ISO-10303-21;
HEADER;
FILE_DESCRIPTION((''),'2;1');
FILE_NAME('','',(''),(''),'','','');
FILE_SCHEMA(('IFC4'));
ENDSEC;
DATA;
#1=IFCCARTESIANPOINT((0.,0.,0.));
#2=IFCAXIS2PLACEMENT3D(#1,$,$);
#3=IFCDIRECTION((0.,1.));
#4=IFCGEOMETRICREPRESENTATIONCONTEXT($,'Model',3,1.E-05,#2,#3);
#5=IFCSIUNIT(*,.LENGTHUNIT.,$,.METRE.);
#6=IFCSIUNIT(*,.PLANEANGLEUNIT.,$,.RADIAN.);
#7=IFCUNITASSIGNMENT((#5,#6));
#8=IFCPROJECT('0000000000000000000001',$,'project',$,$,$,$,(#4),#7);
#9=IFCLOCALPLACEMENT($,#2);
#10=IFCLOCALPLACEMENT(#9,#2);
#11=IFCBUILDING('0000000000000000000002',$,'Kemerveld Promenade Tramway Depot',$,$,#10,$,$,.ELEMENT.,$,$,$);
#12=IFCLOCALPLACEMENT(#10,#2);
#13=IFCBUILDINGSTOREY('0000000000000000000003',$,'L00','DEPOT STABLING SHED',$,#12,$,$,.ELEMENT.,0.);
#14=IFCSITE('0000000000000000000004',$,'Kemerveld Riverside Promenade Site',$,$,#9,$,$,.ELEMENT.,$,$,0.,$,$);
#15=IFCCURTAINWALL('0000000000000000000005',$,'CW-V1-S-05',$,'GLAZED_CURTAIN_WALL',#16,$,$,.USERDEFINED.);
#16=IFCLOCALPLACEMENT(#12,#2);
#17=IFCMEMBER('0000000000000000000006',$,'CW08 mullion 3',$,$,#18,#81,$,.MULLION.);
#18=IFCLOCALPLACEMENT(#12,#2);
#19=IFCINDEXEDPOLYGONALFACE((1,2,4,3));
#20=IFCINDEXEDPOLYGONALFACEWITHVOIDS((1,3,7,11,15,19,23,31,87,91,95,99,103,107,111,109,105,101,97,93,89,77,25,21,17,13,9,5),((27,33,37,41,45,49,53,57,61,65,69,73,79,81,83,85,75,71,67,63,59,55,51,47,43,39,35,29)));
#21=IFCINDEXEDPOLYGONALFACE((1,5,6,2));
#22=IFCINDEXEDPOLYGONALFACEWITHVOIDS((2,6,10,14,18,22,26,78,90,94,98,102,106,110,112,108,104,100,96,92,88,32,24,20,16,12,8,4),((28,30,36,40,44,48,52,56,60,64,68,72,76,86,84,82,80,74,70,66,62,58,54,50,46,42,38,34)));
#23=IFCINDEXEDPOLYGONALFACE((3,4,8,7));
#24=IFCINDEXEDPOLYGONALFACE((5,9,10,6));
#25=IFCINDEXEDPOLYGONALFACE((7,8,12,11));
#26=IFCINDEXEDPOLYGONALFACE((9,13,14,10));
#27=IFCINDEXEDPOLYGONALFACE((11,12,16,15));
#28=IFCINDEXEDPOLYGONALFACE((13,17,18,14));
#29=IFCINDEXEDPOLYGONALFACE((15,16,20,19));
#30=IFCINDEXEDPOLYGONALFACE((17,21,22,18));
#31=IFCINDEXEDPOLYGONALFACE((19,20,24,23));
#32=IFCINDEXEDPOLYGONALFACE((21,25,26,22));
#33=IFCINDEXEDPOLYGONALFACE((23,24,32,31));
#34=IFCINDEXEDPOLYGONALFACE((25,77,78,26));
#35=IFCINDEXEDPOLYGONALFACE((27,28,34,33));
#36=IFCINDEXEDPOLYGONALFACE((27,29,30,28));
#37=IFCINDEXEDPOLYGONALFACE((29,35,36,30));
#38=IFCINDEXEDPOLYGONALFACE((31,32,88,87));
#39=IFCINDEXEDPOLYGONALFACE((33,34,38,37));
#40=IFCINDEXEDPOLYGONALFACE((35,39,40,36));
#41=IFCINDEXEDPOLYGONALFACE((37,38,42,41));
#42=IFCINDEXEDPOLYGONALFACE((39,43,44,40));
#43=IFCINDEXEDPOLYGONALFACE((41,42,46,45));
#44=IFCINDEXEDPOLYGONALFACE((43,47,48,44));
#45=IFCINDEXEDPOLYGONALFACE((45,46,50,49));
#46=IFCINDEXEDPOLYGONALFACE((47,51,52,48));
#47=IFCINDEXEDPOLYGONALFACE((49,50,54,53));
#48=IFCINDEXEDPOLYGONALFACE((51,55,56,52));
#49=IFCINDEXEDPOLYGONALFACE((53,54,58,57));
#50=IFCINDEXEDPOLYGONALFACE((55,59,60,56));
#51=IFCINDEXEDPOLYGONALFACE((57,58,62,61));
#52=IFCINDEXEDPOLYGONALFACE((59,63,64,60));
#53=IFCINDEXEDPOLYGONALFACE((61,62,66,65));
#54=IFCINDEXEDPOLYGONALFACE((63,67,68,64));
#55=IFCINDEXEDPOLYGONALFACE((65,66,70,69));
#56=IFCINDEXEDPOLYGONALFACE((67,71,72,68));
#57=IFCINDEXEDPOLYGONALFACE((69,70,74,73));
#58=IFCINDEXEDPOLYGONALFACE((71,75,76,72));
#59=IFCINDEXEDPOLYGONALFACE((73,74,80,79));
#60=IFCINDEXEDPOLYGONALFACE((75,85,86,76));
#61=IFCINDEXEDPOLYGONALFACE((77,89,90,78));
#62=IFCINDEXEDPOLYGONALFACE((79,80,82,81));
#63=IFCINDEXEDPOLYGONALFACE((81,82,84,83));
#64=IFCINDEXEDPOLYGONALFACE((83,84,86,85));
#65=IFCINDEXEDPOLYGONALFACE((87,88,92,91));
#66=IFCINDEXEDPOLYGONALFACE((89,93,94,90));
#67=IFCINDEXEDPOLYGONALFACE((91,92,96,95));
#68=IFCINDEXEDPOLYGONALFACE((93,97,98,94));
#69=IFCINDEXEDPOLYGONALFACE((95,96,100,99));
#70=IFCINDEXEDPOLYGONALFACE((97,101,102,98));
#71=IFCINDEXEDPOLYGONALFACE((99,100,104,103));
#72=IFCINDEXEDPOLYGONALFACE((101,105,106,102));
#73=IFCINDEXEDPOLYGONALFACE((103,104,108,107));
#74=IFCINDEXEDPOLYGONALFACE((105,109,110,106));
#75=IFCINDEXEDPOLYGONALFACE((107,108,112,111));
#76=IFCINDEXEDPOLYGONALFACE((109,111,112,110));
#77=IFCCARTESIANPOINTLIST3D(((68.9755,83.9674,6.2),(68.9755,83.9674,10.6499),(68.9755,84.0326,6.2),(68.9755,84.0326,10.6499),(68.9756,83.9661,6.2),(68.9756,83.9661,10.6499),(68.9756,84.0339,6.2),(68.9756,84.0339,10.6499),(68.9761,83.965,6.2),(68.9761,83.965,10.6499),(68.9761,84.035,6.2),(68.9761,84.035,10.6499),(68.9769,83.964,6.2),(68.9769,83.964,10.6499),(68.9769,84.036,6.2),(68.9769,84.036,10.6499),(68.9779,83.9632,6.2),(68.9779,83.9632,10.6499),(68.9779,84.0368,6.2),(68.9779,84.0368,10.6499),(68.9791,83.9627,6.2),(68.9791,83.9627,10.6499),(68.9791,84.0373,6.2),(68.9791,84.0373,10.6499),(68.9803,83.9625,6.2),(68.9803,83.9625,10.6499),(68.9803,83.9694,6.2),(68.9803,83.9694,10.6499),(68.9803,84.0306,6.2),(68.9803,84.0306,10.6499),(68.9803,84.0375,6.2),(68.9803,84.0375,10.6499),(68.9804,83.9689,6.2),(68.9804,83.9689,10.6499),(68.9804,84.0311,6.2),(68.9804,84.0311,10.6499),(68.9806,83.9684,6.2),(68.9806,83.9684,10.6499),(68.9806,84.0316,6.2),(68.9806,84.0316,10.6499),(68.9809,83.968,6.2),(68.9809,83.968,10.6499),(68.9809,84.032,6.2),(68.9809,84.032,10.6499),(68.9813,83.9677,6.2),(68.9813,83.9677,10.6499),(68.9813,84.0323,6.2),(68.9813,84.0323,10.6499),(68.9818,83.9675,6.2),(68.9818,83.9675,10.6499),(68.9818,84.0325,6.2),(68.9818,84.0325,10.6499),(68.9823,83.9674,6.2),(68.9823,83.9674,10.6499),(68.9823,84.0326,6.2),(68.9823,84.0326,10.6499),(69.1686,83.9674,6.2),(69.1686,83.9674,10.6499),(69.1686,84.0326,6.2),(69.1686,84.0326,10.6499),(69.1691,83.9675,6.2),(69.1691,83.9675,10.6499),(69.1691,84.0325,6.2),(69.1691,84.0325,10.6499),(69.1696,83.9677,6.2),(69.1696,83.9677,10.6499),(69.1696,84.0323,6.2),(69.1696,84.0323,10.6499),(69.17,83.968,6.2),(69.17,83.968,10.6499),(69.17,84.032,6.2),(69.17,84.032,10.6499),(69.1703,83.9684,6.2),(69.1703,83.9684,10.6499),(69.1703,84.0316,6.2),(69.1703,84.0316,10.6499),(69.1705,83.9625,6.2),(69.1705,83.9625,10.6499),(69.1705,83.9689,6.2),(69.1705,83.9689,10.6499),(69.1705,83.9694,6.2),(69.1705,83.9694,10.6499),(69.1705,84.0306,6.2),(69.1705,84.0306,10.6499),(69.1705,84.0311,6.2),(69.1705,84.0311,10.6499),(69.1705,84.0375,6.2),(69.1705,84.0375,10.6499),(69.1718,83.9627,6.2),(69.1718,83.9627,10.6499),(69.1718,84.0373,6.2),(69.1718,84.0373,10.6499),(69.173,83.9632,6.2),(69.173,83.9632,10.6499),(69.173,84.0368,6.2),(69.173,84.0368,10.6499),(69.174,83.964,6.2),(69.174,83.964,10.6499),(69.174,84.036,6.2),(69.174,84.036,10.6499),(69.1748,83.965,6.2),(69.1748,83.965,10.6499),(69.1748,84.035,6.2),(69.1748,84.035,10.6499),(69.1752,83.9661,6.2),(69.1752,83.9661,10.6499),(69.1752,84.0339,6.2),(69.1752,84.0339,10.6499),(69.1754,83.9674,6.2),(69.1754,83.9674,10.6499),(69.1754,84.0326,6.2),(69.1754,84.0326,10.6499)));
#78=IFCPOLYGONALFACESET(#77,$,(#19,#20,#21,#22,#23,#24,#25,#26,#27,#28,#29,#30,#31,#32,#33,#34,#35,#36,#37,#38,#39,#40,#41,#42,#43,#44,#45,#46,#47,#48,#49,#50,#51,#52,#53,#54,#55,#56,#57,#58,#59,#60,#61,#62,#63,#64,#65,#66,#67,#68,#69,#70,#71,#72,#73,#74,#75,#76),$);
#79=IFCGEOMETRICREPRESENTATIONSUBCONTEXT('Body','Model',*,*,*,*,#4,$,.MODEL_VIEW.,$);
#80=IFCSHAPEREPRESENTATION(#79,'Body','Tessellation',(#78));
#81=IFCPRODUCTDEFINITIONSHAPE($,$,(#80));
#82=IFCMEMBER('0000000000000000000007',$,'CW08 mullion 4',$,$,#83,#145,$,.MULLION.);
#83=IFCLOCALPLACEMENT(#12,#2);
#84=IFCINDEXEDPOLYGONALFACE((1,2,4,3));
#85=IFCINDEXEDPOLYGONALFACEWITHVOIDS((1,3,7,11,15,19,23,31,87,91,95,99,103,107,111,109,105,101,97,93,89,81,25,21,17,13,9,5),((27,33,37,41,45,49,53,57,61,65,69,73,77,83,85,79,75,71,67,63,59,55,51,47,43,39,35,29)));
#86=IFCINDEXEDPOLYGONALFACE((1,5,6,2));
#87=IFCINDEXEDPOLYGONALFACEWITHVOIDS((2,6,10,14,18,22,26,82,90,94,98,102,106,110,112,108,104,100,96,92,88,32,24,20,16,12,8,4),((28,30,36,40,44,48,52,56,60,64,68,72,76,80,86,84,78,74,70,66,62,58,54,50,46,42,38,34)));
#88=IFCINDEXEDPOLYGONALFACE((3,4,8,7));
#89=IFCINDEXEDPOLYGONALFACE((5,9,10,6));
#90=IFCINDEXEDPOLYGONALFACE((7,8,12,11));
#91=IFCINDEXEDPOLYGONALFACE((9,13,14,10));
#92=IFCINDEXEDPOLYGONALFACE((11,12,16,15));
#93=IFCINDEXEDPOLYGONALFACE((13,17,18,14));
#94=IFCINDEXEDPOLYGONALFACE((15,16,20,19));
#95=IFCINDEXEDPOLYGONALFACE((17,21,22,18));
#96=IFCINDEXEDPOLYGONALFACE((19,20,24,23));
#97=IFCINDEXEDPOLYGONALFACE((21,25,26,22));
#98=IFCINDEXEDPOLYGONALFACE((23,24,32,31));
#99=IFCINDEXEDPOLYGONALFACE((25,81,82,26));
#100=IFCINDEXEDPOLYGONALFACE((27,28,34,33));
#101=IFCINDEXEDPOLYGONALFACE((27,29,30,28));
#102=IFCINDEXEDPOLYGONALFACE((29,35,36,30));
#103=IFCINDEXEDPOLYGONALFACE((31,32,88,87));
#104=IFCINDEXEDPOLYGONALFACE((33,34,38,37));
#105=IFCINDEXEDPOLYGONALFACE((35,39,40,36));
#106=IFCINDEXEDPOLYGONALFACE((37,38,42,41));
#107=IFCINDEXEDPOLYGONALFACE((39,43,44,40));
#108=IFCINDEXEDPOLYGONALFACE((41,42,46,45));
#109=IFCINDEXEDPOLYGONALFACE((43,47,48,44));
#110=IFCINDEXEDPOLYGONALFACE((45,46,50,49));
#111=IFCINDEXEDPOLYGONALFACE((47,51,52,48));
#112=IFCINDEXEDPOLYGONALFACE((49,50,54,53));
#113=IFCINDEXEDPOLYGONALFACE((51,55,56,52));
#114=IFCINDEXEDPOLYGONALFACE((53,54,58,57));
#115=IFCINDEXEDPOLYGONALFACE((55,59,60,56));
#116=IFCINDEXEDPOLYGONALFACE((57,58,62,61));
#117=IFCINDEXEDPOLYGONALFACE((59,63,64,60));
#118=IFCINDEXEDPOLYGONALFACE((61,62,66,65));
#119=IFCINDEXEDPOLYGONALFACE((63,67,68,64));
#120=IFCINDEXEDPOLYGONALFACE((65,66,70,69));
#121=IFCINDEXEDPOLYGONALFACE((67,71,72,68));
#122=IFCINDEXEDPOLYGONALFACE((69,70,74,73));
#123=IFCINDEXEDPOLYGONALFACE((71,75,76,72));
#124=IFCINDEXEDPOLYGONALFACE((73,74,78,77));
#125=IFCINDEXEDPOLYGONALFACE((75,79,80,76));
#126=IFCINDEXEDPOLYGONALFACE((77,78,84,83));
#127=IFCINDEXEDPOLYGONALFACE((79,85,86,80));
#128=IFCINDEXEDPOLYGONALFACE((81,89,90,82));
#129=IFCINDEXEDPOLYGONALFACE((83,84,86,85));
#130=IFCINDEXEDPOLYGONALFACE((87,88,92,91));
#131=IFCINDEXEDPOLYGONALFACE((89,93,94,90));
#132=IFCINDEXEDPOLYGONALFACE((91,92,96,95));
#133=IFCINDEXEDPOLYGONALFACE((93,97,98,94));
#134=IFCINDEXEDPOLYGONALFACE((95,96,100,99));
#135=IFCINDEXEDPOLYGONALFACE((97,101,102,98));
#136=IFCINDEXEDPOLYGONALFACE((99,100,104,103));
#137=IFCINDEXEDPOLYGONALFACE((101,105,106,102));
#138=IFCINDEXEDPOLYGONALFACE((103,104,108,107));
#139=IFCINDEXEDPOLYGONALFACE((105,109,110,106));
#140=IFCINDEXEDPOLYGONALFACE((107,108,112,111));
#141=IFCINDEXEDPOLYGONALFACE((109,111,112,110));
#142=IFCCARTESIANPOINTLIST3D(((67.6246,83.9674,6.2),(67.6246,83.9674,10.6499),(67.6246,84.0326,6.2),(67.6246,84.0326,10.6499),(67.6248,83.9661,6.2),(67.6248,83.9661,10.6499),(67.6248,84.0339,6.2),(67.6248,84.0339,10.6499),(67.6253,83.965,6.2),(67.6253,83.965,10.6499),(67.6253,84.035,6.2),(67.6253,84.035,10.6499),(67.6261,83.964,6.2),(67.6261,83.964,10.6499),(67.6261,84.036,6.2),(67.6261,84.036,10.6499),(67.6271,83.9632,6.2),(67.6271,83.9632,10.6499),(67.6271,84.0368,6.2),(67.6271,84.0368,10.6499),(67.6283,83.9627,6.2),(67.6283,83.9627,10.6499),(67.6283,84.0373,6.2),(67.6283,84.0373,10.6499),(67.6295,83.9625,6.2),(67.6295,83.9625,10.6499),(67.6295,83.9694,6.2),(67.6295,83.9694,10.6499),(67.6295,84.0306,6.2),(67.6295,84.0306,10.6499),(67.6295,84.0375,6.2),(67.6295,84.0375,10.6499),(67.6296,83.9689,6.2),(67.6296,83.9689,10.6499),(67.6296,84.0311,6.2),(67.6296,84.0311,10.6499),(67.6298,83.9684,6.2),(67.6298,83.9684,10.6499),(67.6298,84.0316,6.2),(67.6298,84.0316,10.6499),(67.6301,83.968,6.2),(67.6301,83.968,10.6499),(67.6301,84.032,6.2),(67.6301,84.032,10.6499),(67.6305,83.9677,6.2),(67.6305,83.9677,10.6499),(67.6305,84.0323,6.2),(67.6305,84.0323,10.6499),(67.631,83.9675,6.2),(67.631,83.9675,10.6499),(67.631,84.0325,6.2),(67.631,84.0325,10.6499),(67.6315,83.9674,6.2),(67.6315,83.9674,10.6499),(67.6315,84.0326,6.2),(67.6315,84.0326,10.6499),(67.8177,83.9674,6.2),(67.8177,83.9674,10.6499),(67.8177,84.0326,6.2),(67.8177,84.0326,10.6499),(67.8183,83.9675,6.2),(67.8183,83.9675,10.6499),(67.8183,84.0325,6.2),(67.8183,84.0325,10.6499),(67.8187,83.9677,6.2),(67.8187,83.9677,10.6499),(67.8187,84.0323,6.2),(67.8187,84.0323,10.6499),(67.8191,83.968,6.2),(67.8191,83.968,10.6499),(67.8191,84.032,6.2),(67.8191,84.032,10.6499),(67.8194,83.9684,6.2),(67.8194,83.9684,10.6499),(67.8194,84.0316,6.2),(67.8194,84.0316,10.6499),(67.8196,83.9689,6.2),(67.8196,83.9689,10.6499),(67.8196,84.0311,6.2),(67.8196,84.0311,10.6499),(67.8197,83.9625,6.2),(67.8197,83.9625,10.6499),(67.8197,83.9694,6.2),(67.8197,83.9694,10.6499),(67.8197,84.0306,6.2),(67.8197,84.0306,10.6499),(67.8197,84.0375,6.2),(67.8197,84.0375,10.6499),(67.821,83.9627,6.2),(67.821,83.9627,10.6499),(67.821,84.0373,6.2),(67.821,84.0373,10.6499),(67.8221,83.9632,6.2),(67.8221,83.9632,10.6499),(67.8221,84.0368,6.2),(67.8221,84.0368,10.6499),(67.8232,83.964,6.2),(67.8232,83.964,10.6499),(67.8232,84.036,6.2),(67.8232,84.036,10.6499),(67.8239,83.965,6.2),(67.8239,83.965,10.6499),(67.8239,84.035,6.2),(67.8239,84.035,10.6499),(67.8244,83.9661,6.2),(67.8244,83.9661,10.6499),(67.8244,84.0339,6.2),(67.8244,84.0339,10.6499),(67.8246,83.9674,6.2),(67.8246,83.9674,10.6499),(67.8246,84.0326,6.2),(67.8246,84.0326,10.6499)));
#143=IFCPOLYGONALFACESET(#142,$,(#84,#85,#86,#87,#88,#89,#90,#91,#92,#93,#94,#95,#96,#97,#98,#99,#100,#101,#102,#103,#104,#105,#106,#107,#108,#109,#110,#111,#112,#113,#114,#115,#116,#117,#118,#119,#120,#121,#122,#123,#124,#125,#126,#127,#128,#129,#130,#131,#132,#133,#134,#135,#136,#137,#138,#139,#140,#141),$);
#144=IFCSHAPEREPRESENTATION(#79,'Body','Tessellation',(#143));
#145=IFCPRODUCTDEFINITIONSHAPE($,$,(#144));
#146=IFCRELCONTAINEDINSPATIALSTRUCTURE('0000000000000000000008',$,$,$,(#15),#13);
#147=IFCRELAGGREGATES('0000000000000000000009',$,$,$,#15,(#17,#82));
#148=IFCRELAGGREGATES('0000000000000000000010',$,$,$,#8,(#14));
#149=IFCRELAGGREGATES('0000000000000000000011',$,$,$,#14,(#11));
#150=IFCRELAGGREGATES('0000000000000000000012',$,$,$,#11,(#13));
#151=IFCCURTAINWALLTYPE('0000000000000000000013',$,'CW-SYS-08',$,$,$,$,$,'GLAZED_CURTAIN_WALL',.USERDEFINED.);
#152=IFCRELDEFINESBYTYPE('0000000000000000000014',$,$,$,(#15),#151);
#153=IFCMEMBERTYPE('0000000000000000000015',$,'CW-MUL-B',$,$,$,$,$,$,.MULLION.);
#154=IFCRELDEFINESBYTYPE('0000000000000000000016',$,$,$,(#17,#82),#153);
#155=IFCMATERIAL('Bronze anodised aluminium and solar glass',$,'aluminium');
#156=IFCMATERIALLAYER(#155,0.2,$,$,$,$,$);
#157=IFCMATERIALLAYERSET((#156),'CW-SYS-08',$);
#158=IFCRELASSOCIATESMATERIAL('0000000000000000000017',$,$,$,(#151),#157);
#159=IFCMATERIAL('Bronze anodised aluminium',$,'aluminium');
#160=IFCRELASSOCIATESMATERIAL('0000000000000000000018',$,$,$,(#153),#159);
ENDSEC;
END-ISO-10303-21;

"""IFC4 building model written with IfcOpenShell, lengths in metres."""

from ifc_helpers import new_model, si_unit, direction, frame, origin, origin_2d, place, context, subcontext, project, spatial, hollow_rectangle, extrude, material, layer, layer_set, material_profile, profile_set, type_object, element, aggregate, save


model = new_model("IFC4")

# Units and contexts
model_context = context("Model", 3, precision=1e-05, world=origin(), true_north=direction((0.0, 1.0)))
body_context = subcontext(model_context, "Body", "Model", "MODEL_VIEW")
ifc_project = project(units=[si_unit("LENGTHUNIT", "METRE"), si_unit("PLANEANGLEUNIT", "RADIAN")], contexts=[model_context])

# Site, building, storey
site_placement = place(None, origin())
site = spatial("IfcSite", under=ifc_project, at=site_placement, Name="Kemerveld Riverside Promenade Site", CompositionType="ELEMENT", RefElevation=0.0)
building_placement = place(site_placement, origin())
building = spatial("IfcBuilding", under=site, at=building_placement, Name="Kemerveld Promenade Tramway Depot", CompositionType="ELEMENT")
storey_placement = place(building_placement, origin())
storey = spatial("IfcBuildingStorey", under=building, at=storey_placement, Name="L00", Description="DEPOT STABLING SHED", CompositionType="ELEMENT", Elevation=0.0)

# Curtain wall, members
ifc_material_1 = material(Name="Bronze anodised aluminium and solar glass", Category="aluminium")
ifc_material_2 = material(Name="Bronze anodised aluminium", Category="aluminium")
ifc_layer_1 = layer(ifc_material_1, 0.2)
ifc_layer_set_1 = layer_set([ifc_layer_1], Name="CW-SYS-08")
curtain_wall_type_1 = type_object("IfcCurtainWallType", Name="CW-SYS-08", ElementType="GLAZED_CURTAIN_WALL", PredefinedType="USERDEFINED", material=ifc_layer_set_1)
curtain_wall_1_placement = place(storey_placement, origin())
curtain_wall_1 = element("IfcCurtainWall", 1, at=curtain_wall_1_placement, inside=storey, type_object=curtain_wall_type_1, Name="CW-V1-S-05", ObjectType="GLAZED_CURTAIN_WALL", PredefinedType="USERDEFINED")
ifc_material_profile_1 = material_profile(ifc_material_2, hollow_rectangle(XDim=0.075, YDim=0.2, WallThickness=0.0049, InnerFilletRadius=0.002, OuterFilletRadius=0.0049, at=origin_2d()), Name="CW-MUL-200x75")
ifc_profile_set_1 = profile_set([ifc_material_profile_1], Name="Bronze anodised aluminium")
member_type_1 = type_object("IfcMemberType", Name="CW-MUL-B", PredefinedType="MULLION", material=ifc_profile_set_1)
member_1_placement = place(storey_placement, frame((69.0754, 84.0, 6.2), z_axis=(0.0, 0.0, 1.0), x_axis=(0.0, -1.0, 0.0)))
member_1 = element("IfcMember", 2, at=member_1_placement, type_object=member_type_1, Name="CW08 mullion 3", PredefinedType="MULLION", context=body_context, shape_type="SweptSolid", body=[
    extrude(hollow_rectangle(XDim=0.075, YDim=0.2, WallThickness=0.0049, InnerFilletRadius=0.002, OuterFilletRadius=0.0049, at=origin_2d()), origin(), (0.0, 0.0, 1.0), 4.45),
])
member_2_placement = place(storey_placement, frame((67.7246, 84.0, 6.2), z_axis=(0.0, 0.0, 1.0), x_axis=(0.0, -1.0, 0.0)))
member_2 = element("IfcMember", 3, at=member_2_placement, type_object=member_type_1, Name="CW08 mullion 4", PredefinedType="MULLION", context=body_context, shape_type="SweptSolid", body=[
    extrude(hollow_rectangle(XDim=0.075, YDim=0.2, WallThickness=0.0049, InnerFilletRadius=0.002, OuterFilletRadius=0.0049, at=origin_2d()), origin(), (0.0, 0.0, 1.0), 4.45),
])

aggregate(curtain_wall_1, [member_1, member_2])

save(model, "model.ifc")
